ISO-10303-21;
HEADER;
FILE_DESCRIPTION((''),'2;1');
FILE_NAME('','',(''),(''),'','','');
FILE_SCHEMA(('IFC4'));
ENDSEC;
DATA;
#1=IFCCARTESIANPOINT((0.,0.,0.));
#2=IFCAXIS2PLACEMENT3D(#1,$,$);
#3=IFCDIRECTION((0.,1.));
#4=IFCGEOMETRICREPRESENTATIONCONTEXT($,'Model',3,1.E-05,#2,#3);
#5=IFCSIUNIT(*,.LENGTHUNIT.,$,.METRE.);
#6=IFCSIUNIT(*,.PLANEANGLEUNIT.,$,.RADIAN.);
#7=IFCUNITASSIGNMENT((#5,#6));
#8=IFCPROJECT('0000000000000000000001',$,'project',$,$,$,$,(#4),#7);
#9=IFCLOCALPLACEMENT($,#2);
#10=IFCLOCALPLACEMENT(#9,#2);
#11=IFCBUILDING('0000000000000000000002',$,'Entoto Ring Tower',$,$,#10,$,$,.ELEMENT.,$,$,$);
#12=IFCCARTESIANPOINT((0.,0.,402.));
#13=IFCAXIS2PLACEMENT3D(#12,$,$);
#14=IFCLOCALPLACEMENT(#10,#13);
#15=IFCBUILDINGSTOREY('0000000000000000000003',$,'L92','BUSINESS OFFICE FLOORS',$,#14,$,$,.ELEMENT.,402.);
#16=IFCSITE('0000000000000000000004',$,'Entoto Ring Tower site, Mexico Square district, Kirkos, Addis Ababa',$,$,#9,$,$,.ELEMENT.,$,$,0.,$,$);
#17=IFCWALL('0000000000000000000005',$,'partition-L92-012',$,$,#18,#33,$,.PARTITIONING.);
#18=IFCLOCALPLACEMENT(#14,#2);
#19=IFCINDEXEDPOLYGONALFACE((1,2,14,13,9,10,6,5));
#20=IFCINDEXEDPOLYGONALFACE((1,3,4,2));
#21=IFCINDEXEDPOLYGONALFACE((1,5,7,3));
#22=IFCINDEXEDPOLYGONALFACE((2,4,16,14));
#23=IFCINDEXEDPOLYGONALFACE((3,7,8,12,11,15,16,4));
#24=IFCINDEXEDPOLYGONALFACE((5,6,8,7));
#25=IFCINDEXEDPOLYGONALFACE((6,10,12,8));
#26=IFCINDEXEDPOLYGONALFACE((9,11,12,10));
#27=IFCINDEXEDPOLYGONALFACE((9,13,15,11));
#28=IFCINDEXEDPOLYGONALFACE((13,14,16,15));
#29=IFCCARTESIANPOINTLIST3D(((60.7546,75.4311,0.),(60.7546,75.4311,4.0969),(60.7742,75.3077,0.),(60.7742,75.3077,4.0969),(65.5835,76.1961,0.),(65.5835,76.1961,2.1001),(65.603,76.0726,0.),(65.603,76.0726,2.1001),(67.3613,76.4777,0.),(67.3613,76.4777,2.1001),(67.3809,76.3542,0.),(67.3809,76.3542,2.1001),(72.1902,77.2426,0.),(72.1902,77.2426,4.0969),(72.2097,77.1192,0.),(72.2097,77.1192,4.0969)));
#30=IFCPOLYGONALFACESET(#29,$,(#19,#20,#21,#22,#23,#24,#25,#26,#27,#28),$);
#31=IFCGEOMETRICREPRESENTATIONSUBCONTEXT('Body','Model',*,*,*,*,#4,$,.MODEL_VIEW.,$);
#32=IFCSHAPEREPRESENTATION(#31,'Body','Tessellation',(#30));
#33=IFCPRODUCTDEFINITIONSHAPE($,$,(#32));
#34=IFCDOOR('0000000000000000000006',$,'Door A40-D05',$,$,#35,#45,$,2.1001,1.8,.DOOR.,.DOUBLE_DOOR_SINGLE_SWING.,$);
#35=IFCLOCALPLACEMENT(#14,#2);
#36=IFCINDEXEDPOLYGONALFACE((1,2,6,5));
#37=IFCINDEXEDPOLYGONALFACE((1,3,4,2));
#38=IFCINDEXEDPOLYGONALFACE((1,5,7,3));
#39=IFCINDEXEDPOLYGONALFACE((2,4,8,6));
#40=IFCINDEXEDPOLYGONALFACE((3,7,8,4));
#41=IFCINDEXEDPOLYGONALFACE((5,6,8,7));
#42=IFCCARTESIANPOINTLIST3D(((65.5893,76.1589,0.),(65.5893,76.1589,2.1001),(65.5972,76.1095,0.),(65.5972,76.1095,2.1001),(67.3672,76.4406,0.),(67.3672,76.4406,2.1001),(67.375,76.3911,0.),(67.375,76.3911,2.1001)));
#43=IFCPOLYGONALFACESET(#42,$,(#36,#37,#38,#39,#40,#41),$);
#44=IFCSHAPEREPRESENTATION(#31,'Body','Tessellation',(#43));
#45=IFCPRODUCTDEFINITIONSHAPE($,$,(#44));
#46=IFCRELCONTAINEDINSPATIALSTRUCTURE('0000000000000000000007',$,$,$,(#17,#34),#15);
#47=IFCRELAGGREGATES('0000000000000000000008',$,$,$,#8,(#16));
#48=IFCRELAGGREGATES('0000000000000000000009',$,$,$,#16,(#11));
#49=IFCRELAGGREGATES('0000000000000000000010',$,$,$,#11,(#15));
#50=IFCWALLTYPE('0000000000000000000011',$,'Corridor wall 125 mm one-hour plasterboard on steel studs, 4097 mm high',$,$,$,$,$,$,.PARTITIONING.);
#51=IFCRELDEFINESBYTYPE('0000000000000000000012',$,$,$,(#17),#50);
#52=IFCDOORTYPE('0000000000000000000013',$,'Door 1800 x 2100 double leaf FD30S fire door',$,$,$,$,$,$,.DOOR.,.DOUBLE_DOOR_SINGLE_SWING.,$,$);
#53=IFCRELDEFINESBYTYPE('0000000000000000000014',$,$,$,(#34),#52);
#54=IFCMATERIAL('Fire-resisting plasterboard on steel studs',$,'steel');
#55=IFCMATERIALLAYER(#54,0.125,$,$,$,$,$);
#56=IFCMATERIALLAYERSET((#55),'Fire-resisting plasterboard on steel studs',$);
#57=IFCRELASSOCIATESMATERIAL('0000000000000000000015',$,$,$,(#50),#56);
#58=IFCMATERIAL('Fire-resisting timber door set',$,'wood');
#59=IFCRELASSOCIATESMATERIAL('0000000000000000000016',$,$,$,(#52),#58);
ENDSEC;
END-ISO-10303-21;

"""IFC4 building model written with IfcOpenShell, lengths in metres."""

from ifc_helpers import new_model, si_unit, direction, frame, frame_2d, origin, place, context, subcontext, project, spatial, rectangle, extrude, material, layer, layer_set, type_object, element, fill, save


model = new_model("IFC4")

# Units and contexts
model_context = context("Model", 3, precision=1e-05, world=origin(), true_north=direction((0.0, 1.0)))
body_context = subcontext(model_context, "Body", "Model", "MODEL_VIEW")
ifc_project = project(units=[si_unit("LENGTHUNIT", "METRE"), si_unit("PLANEANGLEUNIT", "RADIAN")], contexts=[model_context])

# Site, building, storey
site_placement = place(None, origin())
site = spatial("IfcSite", under=ifc_project, at=site_placement, Name="Entoto Ring Tower site, Mexico Square district, Kirkos, Addis Ababa", CompositionType="ELEMENT", RefElevation=0.0)
building_placement = place(site_placement, origin())
building = spatial("IfcBuilding", under=site, at=building_placement, Name="Entoto Ring Tower", CompositionType="ELEMENT")
storey_placement = place(building_placement, frame((0.0, 0.0, 402.0)))
storey = spatial("IfcBuildingStorey", under=building, at=storey_placement, Name="L92", Description="BUSINESS OFFICE FLOORS", CompositionType="ELEMENT", Elevation=402.0)

# Wall, opening, door
ifc_material_1 = material(Name="Fire-resisting plasterboard on steel studs", Category="steel")
ifc_layer_1 = layer(ifc_material_1, 0.125)
ifc_layer_set_1 = layer_set([ifc_layer_1], Name="Fire-resisting plasterboard on steel studs")
wall_type_1 = type_object("IfcWallType", Name="Corridor wall 125 mm one-hour plasterboard on steel studs, 4097 mm high", PredefinedType="PARTITIONING", material=ifc_layer_set_1)
wall_1_placement = place(storey_placement, frame((60.7644, 75.3694, 0.0), z_axis=(0.0, 0.0, 1.0), x_axis=(0.987684, 0.156461, 0.0)))
wall_1 = element("IfcWall", 1, at=wall_1_placement, inside=storey, type_object=wall_type_1, Name="partition-L92-012", PredefinedType="PARTITIONING", context=body_context, shape_type="SweptSolid", body=[
    extrude(rectangle(XDim=11.5781, YDim=0.125, at=frame_2d((5.7891, 0.0))), origin(), (0.0, 0.0, 1.0), 4.0969),
])
opening_1_placement = place(wall_1_placement, frame((4.8892, 0.0, 0.0)))
opening_1 = element("IfcOpeningElement", 2, at=opening_1_placement, cuts=wall_1, PredefinedType="OPENING", context=body_context, shape_type="SweptSolid", body=[
    extrude(rectangle(XDim=1.8, YDim=2.1001, at=frame_2d((0.8999, 1.05))), frame((0.0, 0.0725, 0.0), z_axis=(0.0, -1.0, 0.0), x_axis=(1.0, 0.0, 0.0)), (0.0, 0.0, 1.0), 0.145),
])
ifc_material_2 = material(Name="Fire-resisting timber door set", Category="wood")
door_type_1 = type_object("IfcDoorType", Name="Door 1800 x 2100 double leaf FD30S fire door", OperationType="DOUBLE_DOOR_SINGLE_SWING", PredefinedType="DOOR", material=ifc_material_2)
door_1_placement = place(opening_1_placement, origin())
door_1 = element("IfcDoor", 3, at=door_1_placement, inside=storey, type_object=door_type_1, Name="Door A40-D05", OperationType="DOUBLE_DOOR_SINGLE_SWING", OverallHeight=2.1001, OverallWidth=1.8, PredefinedType="DOOR", context=body_context, shape_type="SweptSolid", body=[
    extrude(rectangle(XDim=1.8, YDim=2.1001, at=frame_2d((0.8999, 1.05))), frame((0.0, 0.0249, 0.0), z_axis=(0.0, -1.0, 0.0), x_axis=(1.0, 0.0, 0.0)), (0.0, 0.0, 1.0), 0.05),
])
fill(opening_1, door_1)

save(model, "model.ifc")
